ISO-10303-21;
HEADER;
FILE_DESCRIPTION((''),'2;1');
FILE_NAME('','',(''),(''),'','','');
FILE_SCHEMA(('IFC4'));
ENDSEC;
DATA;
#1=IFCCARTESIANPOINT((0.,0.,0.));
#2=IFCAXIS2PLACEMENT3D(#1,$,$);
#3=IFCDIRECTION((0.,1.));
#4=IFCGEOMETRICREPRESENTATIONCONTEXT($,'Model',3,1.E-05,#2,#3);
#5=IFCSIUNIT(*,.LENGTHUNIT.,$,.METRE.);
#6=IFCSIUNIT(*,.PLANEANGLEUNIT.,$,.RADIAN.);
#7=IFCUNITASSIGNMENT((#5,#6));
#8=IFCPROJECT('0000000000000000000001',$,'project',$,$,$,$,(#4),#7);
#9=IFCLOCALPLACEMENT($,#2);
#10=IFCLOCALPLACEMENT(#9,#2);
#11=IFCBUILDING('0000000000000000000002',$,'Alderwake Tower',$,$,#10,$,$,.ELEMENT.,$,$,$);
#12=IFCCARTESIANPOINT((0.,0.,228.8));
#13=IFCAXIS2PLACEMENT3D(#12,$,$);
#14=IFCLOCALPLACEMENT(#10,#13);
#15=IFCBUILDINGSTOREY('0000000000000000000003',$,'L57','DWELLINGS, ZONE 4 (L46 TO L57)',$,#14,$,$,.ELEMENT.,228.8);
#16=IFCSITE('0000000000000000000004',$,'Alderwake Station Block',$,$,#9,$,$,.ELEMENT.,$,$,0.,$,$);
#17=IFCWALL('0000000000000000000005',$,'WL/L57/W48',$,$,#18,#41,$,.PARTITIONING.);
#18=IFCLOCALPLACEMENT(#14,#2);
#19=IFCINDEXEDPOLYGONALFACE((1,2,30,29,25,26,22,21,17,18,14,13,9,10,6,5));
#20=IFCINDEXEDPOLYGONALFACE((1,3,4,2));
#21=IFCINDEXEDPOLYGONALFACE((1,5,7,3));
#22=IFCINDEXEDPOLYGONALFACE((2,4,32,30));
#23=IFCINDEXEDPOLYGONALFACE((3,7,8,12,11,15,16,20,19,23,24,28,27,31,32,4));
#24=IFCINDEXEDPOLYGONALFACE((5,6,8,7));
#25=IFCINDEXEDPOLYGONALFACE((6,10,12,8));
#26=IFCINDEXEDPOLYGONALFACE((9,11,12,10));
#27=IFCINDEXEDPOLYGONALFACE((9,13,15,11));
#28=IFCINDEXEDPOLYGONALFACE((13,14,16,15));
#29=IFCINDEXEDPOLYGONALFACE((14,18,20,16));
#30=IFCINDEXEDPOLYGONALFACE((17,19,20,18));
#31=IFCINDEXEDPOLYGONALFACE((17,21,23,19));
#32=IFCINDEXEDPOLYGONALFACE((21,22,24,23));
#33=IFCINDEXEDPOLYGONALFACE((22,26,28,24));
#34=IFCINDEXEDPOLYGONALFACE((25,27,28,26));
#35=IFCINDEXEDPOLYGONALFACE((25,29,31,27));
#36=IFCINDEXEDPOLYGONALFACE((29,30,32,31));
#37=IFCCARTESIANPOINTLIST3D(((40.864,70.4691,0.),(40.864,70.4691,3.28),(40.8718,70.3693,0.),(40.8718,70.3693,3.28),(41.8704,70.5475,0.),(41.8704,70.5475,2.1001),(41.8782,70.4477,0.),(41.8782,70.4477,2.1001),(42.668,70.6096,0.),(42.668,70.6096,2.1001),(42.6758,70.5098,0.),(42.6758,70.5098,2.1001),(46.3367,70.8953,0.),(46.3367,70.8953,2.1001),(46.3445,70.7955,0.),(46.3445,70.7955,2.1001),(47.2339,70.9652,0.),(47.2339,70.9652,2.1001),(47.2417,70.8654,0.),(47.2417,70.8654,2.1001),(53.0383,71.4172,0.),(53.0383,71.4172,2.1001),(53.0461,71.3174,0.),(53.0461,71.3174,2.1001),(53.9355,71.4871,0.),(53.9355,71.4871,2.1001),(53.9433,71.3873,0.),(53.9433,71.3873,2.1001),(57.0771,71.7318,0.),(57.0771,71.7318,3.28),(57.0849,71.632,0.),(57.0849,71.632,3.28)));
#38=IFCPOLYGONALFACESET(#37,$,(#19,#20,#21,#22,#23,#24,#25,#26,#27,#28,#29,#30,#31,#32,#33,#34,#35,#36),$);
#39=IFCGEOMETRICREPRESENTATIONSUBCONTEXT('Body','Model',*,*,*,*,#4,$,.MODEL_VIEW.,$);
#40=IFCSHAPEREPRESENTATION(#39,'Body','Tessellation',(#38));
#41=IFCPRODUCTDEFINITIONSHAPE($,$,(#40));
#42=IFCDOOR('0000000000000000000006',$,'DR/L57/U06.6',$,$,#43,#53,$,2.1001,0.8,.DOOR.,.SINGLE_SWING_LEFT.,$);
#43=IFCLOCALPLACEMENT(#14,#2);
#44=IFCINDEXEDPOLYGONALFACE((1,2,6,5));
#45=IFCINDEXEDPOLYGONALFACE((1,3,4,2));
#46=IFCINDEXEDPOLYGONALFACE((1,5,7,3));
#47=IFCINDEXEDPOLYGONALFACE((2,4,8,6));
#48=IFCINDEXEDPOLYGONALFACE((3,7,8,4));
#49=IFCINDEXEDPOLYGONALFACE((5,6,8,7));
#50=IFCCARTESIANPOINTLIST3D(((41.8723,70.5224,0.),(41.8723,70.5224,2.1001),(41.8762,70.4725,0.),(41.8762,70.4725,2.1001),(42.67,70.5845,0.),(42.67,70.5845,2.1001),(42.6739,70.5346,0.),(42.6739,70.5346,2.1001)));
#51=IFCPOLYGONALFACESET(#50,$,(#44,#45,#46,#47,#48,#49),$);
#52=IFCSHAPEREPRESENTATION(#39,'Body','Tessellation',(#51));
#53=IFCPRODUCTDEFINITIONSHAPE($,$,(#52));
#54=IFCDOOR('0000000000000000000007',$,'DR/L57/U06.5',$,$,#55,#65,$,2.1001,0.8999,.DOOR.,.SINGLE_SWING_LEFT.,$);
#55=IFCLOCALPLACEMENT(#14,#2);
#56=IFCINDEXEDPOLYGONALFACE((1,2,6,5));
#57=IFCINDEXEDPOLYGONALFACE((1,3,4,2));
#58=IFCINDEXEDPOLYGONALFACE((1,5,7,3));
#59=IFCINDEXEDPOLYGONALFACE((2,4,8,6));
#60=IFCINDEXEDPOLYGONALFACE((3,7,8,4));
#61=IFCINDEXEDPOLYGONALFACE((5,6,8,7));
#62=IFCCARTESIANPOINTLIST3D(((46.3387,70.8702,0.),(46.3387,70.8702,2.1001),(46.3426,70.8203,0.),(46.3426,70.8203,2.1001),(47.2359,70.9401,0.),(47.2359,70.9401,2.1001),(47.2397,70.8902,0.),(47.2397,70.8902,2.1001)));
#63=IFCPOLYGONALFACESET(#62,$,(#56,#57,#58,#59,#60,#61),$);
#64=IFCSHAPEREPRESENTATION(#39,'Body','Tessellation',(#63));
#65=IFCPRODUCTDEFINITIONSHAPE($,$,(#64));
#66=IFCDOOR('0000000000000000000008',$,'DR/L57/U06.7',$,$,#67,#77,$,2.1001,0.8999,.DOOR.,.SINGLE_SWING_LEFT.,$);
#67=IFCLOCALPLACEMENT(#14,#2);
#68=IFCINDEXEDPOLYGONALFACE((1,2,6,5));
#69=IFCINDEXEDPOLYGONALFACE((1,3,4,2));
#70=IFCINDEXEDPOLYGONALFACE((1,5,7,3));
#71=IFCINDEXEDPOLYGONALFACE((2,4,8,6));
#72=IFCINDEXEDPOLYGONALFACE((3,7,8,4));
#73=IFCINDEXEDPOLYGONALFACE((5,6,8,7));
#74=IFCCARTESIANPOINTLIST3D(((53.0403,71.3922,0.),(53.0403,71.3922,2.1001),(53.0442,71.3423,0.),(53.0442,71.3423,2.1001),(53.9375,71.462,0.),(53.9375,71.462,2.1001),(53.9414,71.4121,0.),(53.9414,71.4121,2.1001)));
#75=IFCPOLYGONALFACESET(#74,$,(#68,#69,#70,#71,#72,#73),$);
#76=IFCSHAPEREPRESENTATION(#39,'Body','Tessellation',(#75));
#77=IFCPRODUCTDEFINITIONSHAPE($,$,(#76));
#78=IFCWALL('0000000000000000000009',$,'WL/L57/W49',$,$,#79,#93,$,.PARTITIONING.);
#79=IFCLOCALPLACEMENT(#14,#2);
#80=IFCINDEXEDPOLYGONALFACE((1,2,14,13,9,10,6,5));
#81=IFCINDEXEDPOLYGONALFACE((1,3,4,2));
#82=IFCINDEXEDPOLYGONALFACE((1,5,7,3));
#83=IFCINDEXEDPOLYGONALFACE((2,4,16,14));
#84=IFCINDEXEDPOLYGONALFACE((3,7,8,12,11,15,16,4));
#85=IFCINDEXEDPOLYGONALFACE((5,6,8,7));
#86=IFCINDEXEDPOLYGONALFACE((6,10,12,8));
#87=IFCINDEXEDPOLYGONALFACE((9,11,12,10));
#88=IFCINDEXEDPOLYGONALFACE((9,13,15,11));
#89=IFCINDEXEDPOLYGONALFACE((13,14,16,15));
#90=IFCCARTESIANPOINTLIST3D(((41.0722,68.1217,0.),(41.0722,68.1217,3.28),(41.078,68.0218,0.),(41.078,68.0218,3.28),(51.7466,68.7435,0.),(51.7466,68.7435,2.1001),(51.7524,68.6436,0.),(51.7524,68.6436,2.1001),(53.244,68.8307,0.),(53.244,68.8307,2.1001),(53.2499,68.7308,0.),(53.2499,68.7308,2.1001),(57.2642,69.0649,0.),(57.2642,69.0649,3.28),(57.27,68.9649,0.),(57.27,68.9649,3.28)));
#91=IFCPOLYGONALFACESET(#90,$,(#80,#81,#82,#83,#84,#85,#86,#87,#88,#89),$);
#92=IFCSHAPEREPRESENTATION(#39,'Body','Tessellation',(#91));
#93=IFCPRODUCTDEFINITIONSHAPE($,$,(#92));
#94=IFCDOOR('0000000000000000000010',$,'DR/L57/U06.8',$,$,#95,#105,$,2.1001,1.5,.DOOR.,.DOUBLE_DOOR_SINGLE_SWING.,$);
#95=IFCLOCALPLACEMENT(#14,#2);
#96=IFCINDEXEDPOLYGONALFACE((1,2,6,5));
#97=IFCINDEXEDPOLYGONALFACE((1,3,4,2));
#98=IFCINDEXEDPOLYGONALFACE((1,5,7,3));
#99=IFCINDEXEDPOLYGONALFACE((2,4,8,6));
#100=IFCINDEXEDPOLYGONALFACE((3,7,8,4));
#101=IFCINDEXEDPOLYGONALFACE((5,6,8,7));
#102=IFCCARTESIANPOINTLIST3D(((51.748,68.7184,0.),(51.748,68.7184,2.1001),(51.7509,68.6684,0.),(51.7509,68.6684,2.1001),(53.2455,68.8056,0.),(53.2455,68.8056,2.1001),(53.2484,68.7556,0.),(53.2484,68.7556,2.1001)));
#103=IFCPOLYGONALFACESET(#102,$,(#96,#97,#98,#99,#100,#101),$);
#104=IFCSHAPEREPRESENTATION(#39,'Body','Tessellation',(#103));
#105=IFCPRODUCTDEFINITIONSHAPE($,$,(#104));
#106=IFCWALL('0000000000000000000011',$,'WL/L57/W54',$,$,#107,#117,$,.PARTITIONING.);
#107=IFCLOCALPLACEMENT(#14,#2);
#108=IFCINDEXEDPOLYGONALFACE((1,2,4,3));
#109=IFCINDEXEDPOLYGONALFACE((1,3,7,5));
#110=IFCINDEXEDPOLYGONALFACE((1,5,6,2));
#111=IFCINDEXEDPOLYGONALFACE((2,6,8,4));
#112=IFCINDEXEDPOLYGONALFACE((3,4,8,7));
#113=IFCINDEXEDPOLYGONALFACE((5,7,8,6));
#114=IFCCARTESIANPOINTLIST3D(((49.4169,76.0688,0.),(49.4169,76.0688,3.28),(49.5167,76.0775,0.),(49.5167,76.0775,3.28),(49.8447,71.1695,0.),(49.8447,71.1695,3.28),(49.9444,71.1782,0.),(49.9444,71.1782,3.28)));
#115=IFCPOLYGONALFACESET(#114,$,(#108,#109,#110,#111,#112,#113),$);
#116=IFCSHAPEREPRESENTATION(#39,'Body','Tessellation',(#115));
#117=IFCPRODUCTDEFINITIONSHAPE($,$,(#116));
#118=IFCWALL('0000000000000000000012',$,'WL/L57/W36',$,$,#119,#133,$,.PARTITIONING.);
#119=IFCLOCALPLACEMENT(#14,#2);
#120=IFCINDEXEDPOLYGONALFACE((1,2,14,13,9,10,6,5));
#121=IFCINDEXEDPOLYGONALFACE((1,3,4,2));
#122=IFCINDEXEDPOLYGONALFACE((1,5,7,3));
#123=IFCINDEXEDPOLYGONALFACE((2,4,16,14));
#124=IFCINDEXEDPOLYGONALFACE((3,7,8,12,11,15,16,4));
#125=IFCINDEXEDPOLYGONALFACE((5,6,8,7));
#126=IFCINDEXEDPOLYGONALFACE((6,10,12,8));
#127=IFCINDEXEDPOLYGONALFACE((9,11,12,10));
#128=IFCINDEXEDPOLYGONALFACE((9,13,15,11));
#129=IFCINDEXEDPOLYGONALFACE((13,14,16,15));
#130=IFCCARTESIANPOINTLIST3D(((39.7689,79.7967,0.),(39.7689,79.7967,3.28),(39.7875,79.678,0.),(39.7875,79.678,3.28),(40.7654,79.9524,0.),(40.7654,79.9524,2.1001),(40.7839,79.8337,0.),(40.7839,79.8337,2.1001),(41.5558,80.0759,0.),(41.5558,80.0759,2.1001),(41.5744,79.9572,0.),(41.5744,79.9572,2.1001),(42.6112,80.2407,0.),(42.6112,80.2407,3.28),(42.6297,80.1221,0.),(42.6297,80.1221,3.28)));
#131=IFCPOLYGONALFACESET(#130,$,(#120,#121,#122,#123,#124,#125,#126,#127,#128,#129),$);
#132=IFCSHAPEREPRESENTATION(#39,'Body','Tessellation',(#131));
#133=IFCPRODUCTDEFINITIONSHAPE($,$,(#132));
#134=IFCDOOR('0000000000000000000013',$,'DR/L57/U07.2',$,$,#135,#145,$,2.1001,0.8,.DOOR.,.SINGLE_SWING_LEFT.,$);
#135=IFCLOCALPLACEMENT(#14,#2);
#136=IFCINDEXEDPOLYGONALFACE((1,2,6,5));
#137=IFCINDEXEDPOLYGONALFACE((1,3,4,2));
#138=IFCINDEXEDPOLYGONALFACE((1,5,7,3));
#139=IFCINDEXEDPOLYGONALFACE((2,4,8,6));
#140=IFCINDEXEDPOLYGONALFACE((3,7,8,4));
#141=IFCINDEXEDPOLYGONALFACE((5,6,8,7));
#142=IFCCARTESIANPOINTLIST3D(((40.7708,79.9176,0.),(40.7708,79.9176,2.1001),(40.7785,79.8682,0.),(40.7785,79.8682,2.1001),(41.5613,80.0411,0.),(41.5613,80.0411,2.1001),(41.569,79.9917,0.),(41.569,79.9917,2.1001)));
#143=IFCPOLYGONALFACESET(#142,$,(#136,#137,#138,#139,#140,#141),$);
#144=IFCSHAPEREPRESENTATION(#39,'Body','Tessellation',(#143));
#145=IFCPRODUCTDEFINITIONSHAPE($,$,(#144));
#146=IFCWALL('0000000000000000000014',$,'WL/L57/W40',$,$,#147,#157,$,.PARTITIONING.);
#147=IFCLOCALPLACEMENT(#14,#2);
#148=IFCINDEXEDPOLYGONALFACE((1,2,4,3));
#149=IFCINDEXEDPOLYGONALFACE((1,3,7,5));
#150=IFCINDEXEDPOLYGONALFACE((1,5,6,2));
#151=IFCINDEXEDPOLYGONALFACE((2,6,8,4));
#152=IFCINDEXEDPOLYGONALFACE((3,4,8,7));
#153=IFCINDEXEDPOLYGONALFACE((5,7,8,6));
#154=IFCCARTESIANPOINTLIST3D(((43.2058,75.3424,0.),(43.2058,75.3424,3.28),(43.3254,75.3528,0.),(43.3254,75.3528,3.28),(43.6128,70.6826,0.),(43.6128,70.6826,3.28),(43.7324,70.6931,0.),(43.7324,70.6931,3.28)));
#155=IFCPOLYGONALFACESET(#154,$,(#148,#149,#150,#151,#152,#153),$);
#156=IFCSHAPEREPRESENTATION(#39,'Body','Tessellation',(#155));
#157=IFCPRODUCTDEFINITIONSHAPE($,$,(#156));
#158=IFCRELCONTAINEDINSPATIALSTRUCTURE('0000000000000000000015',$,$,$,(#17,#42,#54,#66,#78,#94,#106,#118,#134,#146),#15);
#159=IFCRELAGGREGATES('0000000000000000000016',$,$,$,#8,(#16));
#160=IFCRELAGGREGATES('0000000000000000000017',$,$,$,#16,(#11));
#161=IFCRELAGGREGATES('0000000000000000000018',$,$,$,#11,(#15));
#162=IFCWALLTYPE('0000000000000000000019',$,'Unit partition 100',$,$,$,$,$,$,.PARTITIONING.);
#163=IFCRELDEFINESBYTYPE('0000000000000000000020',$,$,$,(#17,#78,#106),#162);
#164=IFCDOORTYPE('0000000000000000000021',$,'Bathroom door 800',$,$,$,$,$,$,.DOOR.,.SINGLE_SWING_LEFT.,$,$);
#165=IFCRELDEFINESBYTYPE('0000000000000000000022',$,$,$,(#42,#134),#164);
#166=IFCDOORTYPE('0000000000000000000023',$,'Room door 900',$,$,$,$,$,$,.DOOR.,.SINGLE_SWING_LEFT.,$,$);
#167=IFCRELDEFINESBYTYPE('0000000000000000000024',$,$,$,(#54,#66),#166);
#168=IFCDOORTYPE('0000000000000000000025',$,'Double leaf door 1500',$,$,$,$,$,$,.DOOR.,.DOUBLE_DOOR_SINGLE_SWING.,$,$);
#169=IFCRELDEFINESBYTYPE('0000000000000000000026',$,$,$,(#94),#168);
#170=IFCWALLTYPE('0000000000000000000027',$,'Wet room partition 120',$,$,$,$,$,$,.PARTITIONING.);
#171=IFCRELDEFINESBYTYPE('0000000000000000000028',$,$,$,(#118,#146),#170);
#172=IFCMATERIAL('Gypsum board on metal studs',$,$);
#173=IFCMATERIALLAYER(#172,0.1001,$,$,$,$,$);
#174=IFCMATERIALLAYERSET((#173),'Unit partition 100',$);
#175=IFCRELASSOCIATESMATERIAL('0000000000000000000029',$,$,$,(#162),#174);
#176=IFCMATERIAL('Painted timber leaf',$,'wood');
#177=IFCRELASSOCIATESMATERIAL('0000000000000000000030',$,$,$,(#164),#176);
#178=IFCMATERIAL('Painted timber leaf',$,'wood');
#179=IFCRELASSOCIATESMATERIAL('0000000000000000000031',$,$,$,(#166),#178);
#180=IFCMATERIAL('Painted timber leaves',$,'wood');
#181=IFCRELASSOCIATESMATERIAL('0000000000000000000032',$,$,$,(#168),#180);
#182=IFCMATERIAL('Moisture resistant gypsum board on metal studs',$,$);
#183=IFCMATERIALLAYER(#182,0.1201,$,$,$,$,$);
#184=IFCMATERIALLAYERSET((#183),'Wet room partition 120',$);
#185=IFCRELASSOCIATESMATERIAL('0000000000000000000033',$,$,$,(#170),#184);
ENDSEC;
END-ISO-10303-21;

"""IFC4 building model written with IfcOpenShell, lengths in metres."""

from ifc_helpers import new_model, si_unit, direction, frame, frame_2d, origin, place, context, subcontext, project, spatial, rectangle, extrude, material, layer, layer_set, type_object, element, fill, save


model = new_model("IFC4")

# Units and contexts
model_context = context("Model", 3, precision=1e-05, world=origin(), true_north=direction((0.0, 1.0)))
body_context = subcontext(model_context, "Body", "Model", "MODEL_VIEW")
ifc_project = project(units=[si_unit("LENGTHUNIT", "METRE"), si_unit("PLANEANGLEUNIT", "RADIAN")], contexts=[model_context])

# Site, building, storey
site_placement = place(None, origin())
site = spatial("IfcSite", under=ifc_project, at=site_placement, Name="Alderwake Station Block", CompositionType="ELEMENT", RefElevation=0.0)
building_placement = place(site_placement, origin())
building = spatial("IfcBuilding", under=site, at=building_placement, Name="Alderwake Tower", CompositionType="ELEMENT")
storey_placement = place(building_placement, frame((0.0, 0.0, 228.8)))
storey = spatial("IfcBuildingStorey", under=building, at=storey_placement, Name="L57", Description="DWELLINGS, ZONE 4 (L46 TO L57)", CompositionType="ELEMENT", Elevation=228.8)

# Wall, openings, doors
ifc_material_1 = material(Name="Gypsum board on metal studs")
ifc_layer_1 = layer(ifc_material_1, 0.1001)
ifc_layer_set_1 = layer_set([ifc_layer_1], Name="Unit partition 100")
wall_type_1 = type_object("IfcWallType", Name="Unit partition 100", PredefinedType="PARTITIONING", material=ifc_layer_set_1)
wall_1_placement = place(storey_placement, frame((40.8679, 70.4192, 0.0), z_axis=(0.0, 0.0, 1.0), x_axis=(0.996981, 0.077646, 0.0)))
wall_1 = element("IfcWall", 1, at=wall_1_placement, inside=storey, type_object=wall_type_1, Name="WL/L57/W48", PredefinedType="PARTITIONING", context=body_context, shape_type="SweptSolid", body=[
    extrude(rectangle(XDim=16.2622, YDim=0.1001, at=frame_2d((8.1311, 0.0))), origin(), (0.0, 0.0, 1.0), 3.28),
])
opening_1_placement = place(wall_1_placement, frame((5.4893, 0.0, 0.0)))
opening_1 = element("IfcOpeningElement", 2, at=opening_1_placement, cuts=wall_1, PredefinedType="OPENING", context=body_context, shape_type="SweptSolid", body=[
    extrude(rectangle(XDim=0.8999, YDim=2.1001, at=frame_2d((0.45, 1.05))), frame((0.0, 0.0601, 0.0), z_axis=(0.0, -1.0, 0.0), x_axis=(1.0, 0.0, 0.0)), (0.0, 0.0, 1.0), 0.1201),
])
opening_2_placement = place(wall_1_placement, frame((1.0095, 0.0, 0.0)))
opening_2 = element("IfcOpeningElement", 3, at=opening_2_placement, cuts=wall_1, PredefinedType="OPENING", context=body_context, shape_type="SweptSolid", body=[
    extrude(rectangle(XDim=0.8, YDim=2.1001, at=frame_2d((0.3999, 1.05))), frame((0.0, 0.0601, 0.0), z_axis=(0.0, -1.0, 0.0), x_axis=(1.0, 0.0, 0.0)), (0.0, 0.0, 1.0), 0.1201),
])
opening_3_placement = place(wall_1_placement, frame((12.2112, 0.0, 0.0)))
opening_3 = element("IfcOpeningElement", 4, at=opening_3_placement, cuts=wall_1, PredefinedType="OPENING", context=body_context, shape_type="SweptSolid", body=[
    extrude(rectangle(XDim=0.8999, YDim=2.1001, at=frame_2d((0.45, 1.05))), frame((0.0, 0.0601, 0.0), z_axis=(0.0, -1.0, 0.0), x_axis=(1.0, 0.0, 0.0)), (0.0, 0.0, 1.0), 0.1201),
])
ifc_material_2 = material(Name="Painted timber leaf", Category="wood")
door_type_1 = type_object("IfcDoorType", Name="Bathroom door 800", OperationType="SINGLE_SWING_LEFT", PredefinedType="DOOR", material=ifc_material_2)
door_1_placement = place(opening_2_placement, origin())
door_1 = element("IfcDoor", 5, at=door_1_placement, inside=storey, type_object=door_type_1, Name="DR/L57/U06.6", OperationType="SINGLE_SWING_LEFT", OverallHeight=2.1001, OverallWidth=0.8, PredefinedType="DOOR", context=body_context, shape_type="SweptSolid", body=[
    extrude(rectangle(XDim=0.8, YDim=2.1001, at=frame_2d((0.3999, 1.05))), frame((0.0, 0.0249, 0.0), z_axis=(0.0, -1.0, 0.0), x_axis=(1.0, 0.0, 0.0)), (0.0, 0.0, 1.0), 0.05),
])
fill(opening_2, door_1)
ifc_material_3 = material(Name="Painted timber leaf", Category="wood")
door_type_2 = type_object("IfcDoorType", Name="Room door 900", OperationType="SINGLE_SWING_LEFT", PredefinedType="DOOR", material=ifc_material_3)
door_2_placement = place(opening_1_placement, origin())
door_2 = element("IfcDoor", 6, at=door_2_placement, inside=storey, type_object=door_type_2, Name="DR/L57/U06.5", OperationType="SINGLE_SWING_LEFT", OverallHeight=2.1001, OverallWidth=0.8999, PredefinedType="DOOR", context=body_context, shape_type="SweptSolid", body=[
    extrude(rectangle(XDim=0.8999, YDim=2.1001, at=frame_2d((0.45, 1.05))), frame((0.0, 0.0249, 0.0), z_axis=(0.0, -1.0, 0.0), x_axis=(1.0, 0.0, 0.0)), (0.0, 0.0, 1.0), 0.05),
])
fill(opening_1, door_2)
door_3_placement = place(opening_3_placement, origin())
door_3 = element("IfcDoor", 7, at=door_3_placement, inside=storey, type_object=door_type_2, Name="DR/L57/U06.7", OperationType="SINGLE_SWING_LEFT", OverallHeight=2.1001, OverallWidth=0.8999, PredefinedType="DOOR", context=body_context, shape_type="SweptSolid", body=[
    extrude(rectangle(XDim=0.8999, YDim=2.1001, at=frame_2d((0.45, 1.05))), frame((0.0, 0.0249, 0.0), z_axis=(0.0, -1.0, 0.0), x_axis=(1.0, 0.0, 0.0)), (0.0, 0.0, 1.0), 0.05),
])
fill(opening_3, door_3)

# Wall, opening, door
wall_2_placement = place(storey_placement, frame((41.075, 68.0718, 0.0), z_axis=(0.0, 0.0, 1.0), x_axis=(0.998308, 0.058147, 0.0)))
wall_2 = element("IfcWall", 8, at=wall_2_placement, inside=storey, type_object=wall_type_1, Name="WL/L57/W49", PredefinedType="PARTITIONING", context=body_context, shape_type="SweptSolid", body=[
    extrude(rectangle(XDim=16.2195, YDim=0.1001, at=frame_2d((8.1099, 0.0))), origin(), (0.0, 0.0, 1.0), 3.28),
])
opening_4_placement = place(wall_2_placement, frame((10.6926, 0.0, 0.0)))
opening_4 = element("IfcOpeningElement", 9, at=opening_4_placement, cuts=wall_2, PredefinedType="OPENING", context=body_context, shape_type="SweptSolid", body=[
    extrude(rectangle(XDim=1.5, YDim=2.1001, at=frame_2d((0.75, 1.05))), frame((0.0, 0.0601, 0.0), z_axis=(0.0, -1.0, 0.0), x_axis=(1.0, 0.0, 0.0)), (0.0, 0.0, 1.0), 0.1201),
])
ifc_material_4 = material(Name="Painted timber leaves", Category="wood")
door_type_3 = type_object("IfcDoorType", Name="Double leaf door 1500", OperationType="DOUBLE_DOOR_SINGLE_SWING", PredefinedType="DOOR", material=ifc_material_4)
door_4_placement = place(opening_4_placement, origin())
door_4 = element("IfcDoor", 10, at=door_4_placement, inside=storey, type_object=door_type_3, Name="DR/L57/U06.8", OperationType="DOUBLE_DOOR_SINGLE_SWING", OverallHeight=2.1001, OverallWidth=1.5, PredefinedType="DOOR", context=body_context, shape_type="SweptSolid", body=[
    extrude(rectangle(XDim=1.5, YDim=2.1001, at=frame_2d((0.75, 1.05))), frame((0.0, 0.0249, 0.0), z_axis=(0.0, -1.0, 0.0), x_axis=(1.0, 0.0, 0.0)), (0.0, 0.0, 1.0), 0.05),
])
fill(opening_4, door_4)

# Wall
wall_3_placement = place(storey_placement, frame((49.8945, 71.1738, 0.0), z_axis=(0.0, 0.0, 1.0), x_axis=(-0.086972, 0.996211, 0.0)))
element("IfcWall", 11, at=wall_3_placement, inside=storey, type_object=wall_type_1, Name="WL/L57/W54", PredefinedType="PARTITIONING", context=body_context, shape_type="SweptSolid", body=[
    extrude(rectangle(XDim=4.918, YDim=0.1001, at=frame_2d((2.459, 0.0))), origin(), (0.0, 0.0, 1.0), 3.28),
])

# Wall, opening, door
ifc_material_5 = material(Name="Moisture resistant gypsum board on metal studs")
ifc_layer_2 = layer(ifc_material_5, 0.1201)
ifc_layer_set_2 = layer_set([ifc_layer_2], Name="Wet room partition 120")
wall_type_2 = type_object("IfcWallType", Name="Wet room partition 120", PredefinedType="PARTITIONING", material=ifc_layer_set_2)
wall_4_placement = place(storey_placement, frame((39.7781, 79.7373, 0.0), z_axis=(0.0, 0.0, 1.0), x_axis=(0.988013, 0.154372, 0.0)))
wall_4 = element("IfcWall", 12, at=wall_4_placement, inside=storey, type_object=wall_type_2, Name="WL/L57/W36", PredefinedType="PARTITIONING", context=body_context, shape_type="SweptSolid", body=[
    extrude(rectangle(XDim=2.8767, YDim=0.1201, at=frame_2d((1.4385, 0.0))), origin(), (0.0, 0.0, 1.0), 3.28),
])
opening_5_placement = place(wall_4_placement, frame((1.0088, 0.0, 0.0)))
opening_5 = element("IfcOpeningElement", 13, at=opening_5_placement, cuts=wall_4, PredefinedType="OPENING", context=body_context, shape_type="SweptSolid", body=[
    extrude(rectangle(XDim=0.8, YDim=2.1001, at=frame_2d((0.3999, 1.05))), frame((0.0, 0.0701, 0.0), z_axis=(0.0, -1.0, 0.0), x_axis=(1.0, 0.0, 0.0)), (0.0, 0.0, 1.0), 0.1401),
])
door_5_placement = place(opening_5_placement, origin())
door_5 = element("IfcDoor", 14, at=door_5_placement, inside=storey, type_object=door_type_1, Name="DR/L57/U07.2", OperationType="SINGLE_SWING_LEFT", OverallHeight=2.1001, OverallWidth=0.8, PredefinedType="DOOR", context=body_context, shape_type="SweptSolid", body=[
    extrude(rectangle(XDim=0.8, YDim=2.1001, at=frame_2d((0.3999, 1.05))), frame((0.0, 0.0249, 0.0), z_axis=(0.0, -1.0, 0.0), x_axis=(1.0, 0.0, 0.0)), (0.0, 0.0, 1.0), 0.05),
])
fill(opening_5, door_5)

# Wall
wall_5_placement = place(storey_placement, frame((43.6726, 70.6877, 0.0), z_axis=(0.0, 0.0, 1.0), x_axis=(-0.08701, 0.996207, 0.0)))
element("IfcWall", 15, at=wall_5_placement, inside=storey, type_object=wall_type_2, Name="WL/L57/W40", PredefinedType="PARTITIONING", context=body_context, shape_type="SweptSolid", body=[
    extrude(rectangle(XDim=4.6775, YDim=0.1201, at=frame_2d((2.3389, 0.0))), origin(), (0.0, 0.0, 1.0), 3.28),
])

save(model, "model.ifc")
